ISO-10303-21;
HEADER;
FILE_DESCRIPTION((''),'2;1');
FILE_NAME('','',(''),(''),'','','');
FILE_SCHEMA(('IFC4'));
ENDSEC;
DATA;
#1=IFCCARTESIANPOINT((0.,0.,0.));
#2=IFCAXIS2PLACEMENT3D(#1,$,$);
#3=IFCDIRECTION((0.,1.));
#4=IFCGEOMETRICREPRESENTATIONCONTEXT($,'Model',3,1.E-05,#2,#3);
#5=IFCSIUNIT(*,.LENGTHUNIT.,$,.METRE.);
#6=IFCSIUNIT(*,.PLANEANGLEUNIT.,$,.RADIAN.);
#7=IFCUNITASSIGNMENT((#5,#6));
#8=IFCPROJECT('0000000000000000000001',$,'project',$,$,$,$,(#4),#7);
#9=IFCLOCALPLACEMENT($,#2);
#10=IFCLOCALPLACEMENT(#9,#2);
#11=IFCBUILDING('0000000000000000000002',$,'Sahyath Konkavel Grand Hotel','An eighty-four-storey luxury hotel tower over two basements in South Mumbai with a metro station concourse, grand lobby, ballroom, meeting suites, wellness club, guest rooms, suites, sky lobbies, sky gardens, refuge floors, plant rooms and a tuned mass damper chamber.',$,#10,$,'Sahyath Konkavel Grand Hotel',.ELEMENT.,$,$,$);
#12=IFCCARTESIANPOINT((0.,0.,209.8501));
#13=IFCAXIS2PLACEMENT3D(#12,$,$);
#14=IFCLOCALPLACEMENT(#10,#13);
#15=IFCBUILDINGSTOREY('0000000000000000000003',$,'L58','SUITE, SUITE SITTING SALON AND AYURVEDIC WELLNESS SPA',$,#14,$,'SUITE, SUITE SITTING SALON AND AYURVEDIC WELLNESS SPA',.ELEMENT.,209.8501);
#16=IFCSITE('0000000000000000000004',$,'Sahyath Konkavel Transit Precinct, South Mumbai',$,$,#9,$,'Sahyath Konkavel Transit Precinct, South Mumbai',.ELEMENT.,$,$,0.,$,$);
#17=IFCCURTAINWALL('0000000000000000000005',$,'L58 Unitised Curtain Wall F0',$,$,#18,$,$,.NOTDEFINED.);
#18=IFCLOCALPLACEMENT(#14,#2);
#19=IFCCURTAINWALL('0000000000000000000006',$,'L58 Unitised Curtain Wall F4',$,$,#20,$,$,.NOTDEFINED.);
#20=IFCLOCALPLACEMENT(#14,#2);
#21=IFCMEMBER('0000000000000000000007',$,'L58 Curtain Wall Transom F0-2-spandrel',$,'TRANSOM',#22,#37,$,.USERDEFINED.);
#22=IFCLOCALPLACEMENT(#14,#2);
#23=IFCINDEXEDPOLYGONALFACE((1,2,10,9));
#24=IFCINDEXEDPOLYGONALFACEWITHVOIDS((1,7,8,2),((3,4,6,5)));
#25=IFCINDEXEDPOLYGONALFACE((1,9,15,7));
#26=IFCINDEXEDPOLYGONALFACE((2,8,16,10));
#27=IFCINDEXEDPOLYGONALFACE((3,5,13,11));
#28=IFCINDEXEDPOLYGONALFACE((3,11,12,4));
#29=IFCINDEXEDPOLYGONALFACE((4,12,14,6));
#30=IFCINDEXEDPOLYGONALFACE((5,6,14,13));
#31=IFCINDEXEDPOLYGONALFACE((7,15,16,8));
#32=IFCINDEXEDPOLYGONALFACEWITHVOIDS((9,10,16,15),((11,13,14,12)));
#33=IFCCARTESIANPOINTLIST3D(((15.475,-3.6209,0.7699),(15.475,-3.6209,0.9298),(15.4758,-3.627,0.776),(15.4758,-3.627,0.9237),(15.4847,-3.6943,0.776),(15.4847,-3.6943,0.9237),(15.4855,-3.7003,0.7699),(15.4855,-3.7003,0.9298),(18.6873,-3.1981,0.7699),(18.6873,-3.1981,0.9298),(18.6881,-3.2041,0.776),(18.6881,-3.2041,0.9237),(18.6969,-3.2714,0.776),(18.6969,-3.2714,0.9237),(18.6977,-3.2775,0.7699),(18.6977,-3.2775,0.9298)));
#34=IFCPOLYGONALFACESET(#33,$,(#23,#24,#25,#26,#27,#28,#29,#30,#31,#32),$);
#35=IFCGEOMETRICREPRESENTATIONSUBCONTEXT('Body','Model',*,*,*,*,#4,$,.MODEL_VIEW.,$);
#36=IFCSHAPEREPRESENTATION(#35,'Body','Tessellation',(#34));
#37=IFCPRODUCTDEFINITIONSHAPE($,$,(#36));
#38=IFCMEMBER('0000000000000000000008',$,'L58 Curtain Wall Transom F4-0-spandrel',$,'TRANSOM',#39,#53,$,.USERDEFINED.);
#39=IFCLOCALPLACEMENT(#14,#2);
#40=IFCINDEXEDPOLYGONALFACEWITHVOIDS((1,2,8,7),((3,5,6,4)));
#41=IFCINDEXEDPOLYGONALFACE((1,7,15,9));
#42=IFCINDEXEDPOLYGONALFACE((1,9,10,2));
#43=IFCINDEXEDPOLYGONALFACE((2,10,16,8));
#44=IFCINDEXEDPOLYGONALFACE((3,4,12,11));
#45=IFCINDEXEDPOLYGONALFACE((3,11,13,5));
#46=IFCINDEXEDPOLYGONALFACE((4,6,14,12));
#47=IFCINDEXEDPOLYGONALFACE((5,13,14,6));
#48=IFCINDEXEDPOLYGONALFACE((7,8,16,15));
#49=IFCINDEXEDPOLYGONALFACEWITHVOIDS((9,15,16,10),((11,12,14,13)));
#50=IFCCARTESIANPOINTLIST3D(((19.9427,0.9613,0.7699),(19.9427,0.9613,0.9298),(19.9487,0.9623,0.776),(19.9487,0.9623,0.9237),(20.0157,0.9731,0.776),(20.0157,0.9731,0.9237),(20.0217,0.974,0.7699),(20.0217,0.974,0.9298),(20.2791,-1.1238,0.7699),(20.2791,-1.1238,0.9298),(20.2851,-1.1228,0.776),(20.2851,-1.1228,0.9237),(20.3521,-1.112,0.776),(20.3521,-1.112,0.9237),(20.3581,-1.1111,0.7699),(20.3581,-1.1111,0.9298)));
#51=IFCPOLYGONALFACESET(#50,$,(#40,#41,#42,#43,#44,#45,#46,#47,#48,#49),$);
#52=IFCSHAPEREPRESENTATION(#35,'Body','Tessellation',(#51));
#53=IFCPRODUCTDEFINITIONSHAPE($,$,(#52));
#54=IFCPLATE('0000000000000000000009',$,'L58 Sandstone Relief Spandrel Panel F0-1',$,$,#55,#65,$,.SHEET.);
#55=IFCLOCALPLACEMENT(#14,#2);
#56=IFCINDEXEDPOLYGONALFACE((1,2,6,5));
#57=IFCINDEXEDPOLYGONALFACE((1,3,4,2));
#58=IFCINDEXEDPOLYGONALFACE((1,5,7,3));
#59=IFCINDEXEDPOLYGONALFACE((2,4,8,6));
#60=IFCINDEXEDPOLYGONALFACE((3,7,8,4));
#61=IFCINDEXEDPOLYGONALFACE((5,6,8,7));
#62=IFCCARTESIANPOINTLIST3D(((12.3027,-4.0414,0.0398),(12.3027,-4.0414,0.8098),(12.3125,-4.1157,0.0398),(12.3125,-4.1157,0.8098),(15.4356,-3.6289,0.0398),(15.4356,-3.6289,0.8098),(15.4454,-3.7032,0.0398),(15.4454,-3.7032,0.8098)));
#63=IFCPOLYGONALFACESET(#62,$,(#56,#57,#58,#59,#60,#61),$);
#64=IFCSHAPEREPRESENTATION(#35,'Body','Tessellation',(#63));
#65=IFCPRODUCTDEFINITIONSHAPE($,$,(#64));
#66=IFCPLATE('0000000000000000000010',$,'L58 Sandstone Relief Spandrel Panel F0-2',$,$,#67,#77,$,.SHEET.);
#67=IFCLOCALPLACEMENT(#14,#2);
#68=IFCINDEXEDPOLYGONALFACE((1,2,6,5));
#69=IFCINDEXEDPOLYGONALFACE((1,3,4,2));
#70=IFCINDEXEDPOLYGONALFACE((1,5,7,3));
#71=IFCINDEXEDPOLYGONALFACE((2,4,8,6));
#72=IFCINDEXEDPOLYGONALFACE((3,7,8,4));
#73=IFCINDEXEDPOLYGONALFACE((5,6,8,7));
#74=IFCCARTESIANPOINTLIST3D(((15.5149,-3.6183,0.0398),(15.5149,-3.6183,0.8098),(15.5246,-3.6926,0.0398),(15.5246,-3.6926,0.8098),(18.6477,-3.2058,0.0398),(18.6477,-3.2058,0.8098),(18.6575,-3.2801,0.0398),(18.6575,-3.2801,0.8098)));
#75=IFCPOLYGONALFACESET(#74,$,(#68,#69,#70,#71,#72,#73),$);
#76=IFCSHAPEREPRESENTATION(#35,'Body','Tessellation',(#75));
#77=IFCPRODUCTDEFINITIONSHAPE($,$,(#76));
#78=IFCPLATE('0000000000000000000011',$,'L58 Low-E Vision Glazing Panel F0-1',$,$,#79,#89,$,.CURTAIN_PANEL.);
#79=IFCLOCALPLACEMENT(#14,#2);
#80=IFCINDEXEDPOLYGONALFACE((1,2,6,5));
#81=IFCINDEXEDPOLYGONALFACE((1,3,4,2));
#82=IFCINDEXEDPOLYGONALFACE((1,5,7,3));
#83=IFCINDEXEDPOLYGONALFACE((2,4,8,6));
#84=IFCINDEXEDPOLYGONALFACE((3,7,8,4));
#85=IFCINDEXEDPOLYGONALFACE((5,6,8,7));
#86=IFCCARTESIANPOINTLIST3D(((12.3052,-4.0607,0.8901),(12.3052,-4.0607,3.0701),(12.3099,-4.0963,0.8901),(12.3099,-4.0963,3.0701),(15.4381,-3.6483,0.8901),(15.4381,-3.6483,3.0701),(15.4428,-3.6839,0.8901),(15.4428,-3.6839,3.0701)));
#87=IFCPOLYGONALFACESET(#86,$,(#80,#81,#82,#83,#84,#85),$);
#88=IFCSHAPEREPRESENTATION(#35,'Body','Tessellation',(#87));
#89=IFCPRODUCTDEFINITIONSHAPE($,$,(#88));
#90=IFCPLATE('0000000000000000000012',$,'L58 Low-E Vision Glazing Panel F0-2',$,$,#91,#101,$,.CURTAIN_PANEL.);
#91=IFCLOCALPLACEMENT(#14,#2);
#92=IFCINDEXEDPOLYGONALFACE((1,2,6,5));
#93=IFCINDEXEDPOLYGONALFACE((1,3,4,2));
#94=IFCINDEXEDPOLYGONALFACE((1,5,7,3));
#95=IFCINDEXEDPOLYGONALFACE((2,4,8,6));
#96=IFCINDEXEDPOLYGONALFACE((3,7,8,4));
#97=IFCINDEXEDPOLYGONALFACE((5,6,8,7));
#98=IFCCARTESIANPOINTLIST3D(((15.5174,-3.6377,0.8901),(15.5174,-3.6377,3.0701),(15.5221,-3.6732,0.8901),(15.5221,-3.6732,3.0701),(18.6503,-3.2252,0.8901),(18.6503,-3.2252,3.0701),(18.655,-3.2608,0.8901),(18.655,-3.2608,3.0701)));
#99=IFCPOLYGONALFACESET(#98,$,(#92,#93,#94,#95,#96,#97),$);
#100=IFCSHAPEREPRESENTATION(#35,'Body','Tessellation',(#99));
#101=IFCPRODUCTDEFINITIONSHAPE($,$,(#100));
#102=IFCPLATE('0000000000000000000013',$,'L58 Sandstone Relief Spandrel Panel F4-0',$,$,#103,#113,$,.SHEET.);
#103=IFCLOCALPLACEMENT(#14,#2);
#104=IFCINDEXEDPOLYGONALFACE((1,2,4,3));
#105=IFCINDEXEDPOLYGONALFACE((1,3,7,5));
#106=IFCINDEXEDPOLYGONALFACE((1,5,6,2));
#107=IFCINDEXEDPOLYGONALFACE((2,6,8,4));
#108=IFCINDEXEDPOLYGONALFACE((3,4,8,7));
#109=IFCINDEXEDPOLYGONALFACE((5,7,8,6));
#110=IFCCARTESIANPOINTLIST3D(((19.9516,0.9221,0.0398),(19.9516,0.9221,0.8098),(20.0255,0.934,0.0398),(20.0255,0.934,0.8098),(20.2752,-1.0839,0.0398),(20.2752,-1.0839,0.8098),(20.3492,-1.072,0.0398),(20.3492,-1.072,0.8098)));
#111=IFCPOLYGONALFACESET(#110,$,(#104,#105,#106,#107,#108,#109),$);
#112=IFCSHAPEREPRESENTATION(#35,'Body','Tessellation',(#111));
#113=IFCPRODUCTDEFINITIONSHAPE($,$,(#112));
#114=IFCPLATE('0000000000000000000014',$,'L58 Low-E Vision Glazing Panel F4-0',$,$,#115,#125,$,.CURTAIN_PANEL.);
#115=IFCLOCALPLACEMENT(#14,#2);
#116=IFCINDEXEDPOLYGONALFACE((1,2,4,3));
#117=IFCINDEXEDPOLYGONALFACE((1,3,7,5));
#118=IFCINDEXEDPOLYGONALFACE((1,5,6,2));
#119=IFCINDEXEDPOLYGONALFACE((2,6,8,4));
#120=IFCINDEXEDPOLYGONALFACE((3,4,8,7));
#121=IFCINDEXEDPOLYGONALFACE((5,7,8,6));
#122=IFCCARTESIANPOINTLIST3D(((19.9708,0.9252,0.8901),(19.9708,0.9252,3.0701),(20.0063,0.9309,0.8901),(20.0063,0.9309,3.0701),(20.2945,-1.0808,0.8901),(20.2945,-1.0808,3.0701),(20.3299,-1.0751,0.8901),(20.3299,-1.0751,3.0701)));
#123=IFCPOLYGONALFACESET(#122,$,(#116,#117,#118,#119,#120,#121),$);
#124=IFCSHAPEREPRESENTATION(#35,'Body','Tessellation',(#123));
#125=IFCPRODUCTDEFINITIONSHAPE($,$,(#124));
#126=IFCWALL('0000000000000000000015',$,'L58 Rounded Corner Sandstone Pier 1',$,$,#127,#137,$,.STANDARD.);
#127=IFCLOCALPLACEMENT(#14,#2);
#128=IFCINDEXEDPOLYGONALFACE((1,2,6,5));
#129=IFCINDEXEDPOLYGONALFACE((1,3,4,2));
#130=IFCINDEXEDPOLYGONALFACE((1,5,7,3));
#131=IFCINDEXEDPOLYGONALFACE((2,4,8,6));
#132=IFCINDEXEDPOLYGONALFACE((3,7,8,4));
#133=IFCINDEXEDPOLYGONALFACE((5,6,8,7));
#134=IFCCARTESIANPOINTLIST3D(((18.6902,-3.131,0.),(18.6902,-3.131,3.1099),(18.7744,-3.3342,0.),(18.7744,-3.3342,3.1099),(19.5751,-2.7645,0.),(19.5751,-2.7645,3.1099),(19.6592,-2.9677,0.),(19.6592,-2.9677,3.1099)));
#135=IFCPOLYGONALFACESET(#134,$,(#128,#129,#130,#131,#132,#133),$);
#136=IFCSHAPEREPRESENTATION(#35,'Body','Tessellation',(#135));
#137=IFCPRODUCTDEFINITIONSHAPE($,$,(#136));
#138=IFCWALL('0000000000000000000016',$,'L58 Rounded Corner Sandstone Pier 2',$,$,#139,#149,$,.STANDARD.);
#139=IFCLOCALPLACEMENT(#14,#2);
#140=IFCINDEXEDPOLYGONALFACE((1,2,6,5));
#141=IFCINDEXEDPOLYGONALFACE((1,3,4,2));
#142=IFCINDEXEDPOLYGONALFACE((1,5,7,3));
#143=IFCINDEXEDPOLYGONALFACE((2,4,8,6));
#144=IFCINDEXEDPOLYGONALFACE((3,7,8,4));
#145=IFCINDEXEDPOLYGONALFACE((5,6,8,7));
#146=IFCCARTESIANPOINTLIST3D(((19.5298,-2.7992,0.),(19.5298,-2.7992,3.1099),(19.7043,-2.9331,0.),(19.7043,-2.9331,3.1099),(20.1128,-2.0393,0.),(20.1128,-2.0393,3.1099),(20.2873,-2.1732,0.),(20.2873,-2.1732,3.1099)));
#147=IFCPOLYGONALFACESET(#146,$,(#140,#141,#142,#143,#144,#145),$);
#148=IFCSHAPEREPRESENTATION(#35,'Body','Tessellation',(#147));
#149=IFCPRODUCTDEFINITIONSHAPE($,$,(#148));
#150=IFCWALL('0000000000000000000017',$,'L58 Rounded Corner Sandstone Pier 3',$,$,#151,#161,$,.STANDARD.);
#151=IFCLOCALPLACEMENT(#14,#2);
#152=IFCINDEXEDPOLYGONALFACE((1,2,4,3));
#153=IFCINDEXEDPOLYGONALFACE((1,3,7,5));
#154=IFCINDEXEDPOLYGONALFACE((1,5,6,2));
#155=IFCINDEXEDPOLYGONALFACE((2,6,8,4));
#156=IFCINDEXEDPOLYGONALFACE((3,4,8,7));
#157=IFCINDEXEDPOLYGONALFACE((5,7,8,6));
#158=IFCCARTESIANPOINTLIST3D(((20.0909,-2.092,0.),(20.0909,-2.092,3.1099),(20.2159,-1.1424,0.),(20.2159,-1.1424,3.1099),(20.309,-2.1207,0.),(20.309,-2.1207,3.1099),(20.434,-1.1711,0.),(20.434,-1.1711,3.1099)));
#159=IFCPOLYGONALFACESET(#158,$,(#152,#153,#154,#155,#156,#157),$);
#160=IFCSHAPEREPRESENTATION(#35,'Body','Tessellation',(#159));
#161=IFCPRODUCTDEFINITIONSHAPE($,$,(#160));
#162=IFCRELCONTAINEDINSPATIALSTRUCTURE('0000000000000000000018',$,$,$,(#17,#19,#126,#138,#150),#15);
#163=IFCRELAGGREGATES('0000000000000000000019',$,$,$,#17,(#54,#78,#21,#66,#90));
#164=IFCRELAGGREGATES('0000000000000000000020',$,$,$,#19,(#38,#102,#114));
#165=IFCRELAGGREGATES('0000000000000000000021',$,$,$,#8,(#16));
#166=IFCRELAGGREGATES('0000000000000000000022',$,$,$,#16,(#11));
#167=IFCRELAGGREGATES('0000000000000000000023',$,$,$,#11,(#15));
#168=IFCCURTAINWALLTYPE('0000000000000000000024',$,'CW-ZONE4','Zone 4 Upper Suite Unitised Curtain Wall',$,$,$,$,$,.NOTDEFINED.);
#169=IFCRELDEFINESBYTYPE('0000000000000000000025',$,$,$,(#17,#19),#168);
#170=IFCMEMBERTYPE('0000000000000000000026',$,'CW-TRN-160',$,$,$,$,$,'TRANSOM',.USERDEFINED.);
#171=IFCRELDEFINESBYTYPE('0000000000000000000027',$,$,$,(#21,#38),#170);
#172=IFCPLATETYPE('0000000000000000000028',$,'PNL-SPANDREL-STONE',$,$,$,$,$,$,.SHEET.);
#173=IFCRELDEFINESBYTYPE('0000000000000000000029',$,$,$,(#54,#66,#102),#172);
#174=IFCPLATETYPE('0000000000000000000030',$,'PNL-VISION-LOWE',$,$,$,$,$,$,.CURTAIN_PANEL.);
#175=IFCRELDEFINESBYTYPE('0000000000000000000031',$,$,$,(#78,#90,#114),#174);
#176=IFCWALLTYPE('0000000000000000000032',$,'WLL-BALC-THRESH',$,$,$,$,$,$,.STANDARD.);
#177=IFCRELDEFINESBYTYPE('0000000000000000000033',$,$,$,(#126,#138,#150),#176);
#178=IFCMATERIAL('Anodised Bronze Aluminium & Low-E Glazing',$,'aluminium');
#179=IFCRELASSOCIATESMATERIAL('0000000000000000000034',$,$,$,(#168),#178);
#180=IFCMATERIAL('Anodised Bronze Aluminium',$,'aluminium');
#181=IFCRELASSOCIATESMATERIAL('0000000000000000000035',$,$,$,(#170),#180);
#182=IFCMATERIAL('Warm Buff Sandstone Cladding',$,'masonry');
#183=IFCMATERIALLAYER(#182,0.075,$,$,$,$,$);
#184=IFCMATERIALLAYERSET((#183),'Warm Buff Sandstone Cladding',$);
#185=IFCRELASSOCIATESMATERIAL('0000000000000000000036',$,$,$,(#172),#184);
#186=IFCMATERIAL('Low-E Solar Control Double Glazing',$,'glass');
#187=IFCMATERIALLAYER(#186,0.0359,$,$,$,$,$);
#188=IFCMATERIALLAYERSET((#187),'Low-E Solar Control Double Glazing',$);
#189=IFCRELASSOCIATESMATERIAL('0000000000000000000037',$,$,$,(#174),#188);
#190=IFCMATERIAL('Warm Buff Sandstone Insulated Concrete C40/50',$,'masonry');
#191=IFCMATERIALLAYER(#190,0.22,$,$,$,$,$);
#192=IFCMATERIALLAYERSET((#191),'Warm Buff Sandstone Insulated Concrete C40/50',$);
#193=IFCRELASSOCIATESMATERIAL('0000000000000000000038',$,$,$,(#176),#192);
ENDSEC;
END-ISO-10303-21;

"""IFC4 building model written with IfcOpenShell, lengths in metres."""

from ifc_helpers import new_model, si_unit, direction, frame, frame_2d, origin, origin_2d, place, context, subcontext, project, spatial, rectangle, hollow_rectangle, extrude, source, transform, mapped, material, layer, layer_set, material_profile, profile_set, type_object, element, aggregate, save


model = new_model("IFC4")

# Units and contexts
model_context = context("Model", 3, precision=1e-05, world=origin(), true_north=direction((0.0, 1.0)))
body_context = subcontext(model_context, "Body", "Model", "MODEL_VIEW")
ifc_project = project(units=[si_unit("LENGTHUNIT", "METRE"), si_unit("PLANEANGLEUNIT", "RADIAN")], contexts=[model_context])

# Site, building, storey
site_placement = place(None, origin())
site = spatial("IfcSite", under=ifc_project, at=site_placement, Name="Sahyath Konkavel Transit Precinct, South Mumbai", LongName="Sahyath Konkavel Transit Precinct, South Mumbai", CompositionType="ELEMENT", RefElevation=0.0)
building_placement = place(site_placement, origin())
building = spatial("IfcBuilding", under=site, at=building_placement, Name="Sahyath Konkavel Grand Hotel", Description="An eighty-four-storey luxury hotel tower over two basements in South Mumbai with a metro station concourse, grand lobby, ballroom, meeting suites, wellness club, guest rooms, suites, sky lobbies, sky gardens, refuge floors, plant rooms and a tuned mass damper chamber.", LongName="Sahyath Konkavel Grand Hotel", CompositionType="ELEMENT")
storey_placement = place(building_placement, frame((0.0, 0.0, 209.8501)))
storey = spatial("IfcBuildingStorey", under=building, at=storey_placement, Name="L58", Description="SUITE, SUITE SITTING SALON AND AYURVEDIC WELLNESS SPA", LongName="SUITE, SUITE SITTING SALON AND AYURVEDIC WELLNESS SPA", CompositionType="ELEMENT", Elevation=209.8501)

# Curtain wall
ifc_material_1 = material(Name="Anodised Bronze Aluminium & Low-E Glazing", Category="aluminium")
curtain_wall_type = type_object("IfcCurtainWallType", Name="CW-ZONE4", Description="Zone 4 Upper Suite Unitised Curtain Wall", PredefinedType="NOTDEFINED", material=ifc_material_1)
curtain_wall_1_placement = place(storey_placement, origin())
curtain_wall_1 = element("IfcCurtainWall", 1, at=curtain_wall_1_placement, inside=storey, type_object=curtain_wall_type, Name="L58 Unitised Curtain Wall F0", PredefinedType="NOTDEFINED")
ifc_material_2 = material(Name="Anodised Bronze Aluminium", Category="aluminium")

# Curtain wall
curtain_wall_2_placement = place(storey_placement, origin())
curtain_wall_2 = element("IfcCurtainWall", 2, at=curtain_wall_2_placement, inside=storey, type_object=curtain_wall_type, Name="L58 Unitised Curtain Wall F4", PredefinedType="NOTDEFINED")

# Members
ifc_material_profile_1 = material_profile(ifc_material_2, hollow_rectangle(XDim=0.0801, YDim=0.1599, WallThickness=0.0061, at=origin_2d()), Name="RHS 160x80x6")
ifc_profile_set_1 = profile_set([ifc_material_profile_1], Name="Anodised Bronze Aluminium")
member_type_1 = type_object("IfcMemberType", Name="CW-TRN-160", ElementType="TRANSOM", PredefinedType="USERDEFINED", material=ifc_profile_set_1)
shared_shape_1 = source(origin(), body_context, "Body", "SweptSolid", [
    extrude(hollow_rectangle(XDim=0.0801, YDim=0.1599, WallThickness=0.0061, at=origin_2d()), origin(), (0.0, 0.0, 1.0), 3.24),
])
member_1_placement = place(storey_placement, frame((15.4802, -3.6606, 0.8499), z_axis=(0.991446, 0.130515, 0.0), x_axis=(-0.130515, 0.991446, 0.0)))
member_1 = element("IfcMember", 3, at=member_1_placement, type_object=member_type_1, Name="L58 Curtain Wall Transom F0-2-spandrel", ObjectType="TRANSOM", PredefinedType="USERDEFINED", context=body_context, shape_type="MappedRepresentation", body=[
    mapped(shared_shape_1, transform((0.0, 0.0, 0.0), scale=1.0)),
])
shared_shape_2 = source(origin(), body_context, "Body", "SweptSolid", [
    extrude(hollow_rectangle(XDim=0.0801, YDim=0.1599, WallThickness=0.0061, at=origin_2d()), origin(), (0.0, 0.0, 1.0), 2.1121),
])
member_2_placement = place(storey_placement, frame((20.3186, -1.1174, 0.8499), z_axis=(-0.15928, 0.987233, 0.0), x_axis=(-0.987233, -0.15928, 0.0)))
member_2 = element("IfcMember", 4, at=member_2_placement, type_object=member_type_1, Name="L58 Curtain Wall Transom F4-0-spandrel", ObjectType="TRANSOM", PredefinedType="USERDEFINED", context=body_context, shape_type="MappedRepresentation", body=[
    mapped(shared_shape_2, transform((0.0, 0.0, 0.0), scale=1.0)),
])

# Plates
ifc_material_3 = material(Name="Warm Buff Sandstone Cladding", Category="masonry")
ifc_layer_1 = layer(ifc_material_3, 0.075)
ifc_layer_set_1 = layer_set([ifc_layer_1], Name="Warm Buff Sandstone Cladding")
plate_type_1 = type_object("IfcPlateType", Name="PNL-SPANDREL-STONE", PredefinedType="SHEET", material=ifc_layer_set_1)
shared_shape_3 = source(origin(), body_context, "Body", "SweptSolid", [
    extrude(rectangle(XDim=3.1599, YDim=0.075, at=origin_2d()), origin(), (0.0, 0.0, 1.0), 0.77),
])
plate_1_placement = place(storey_placement, frame((13.874, -3.8723, 0.0398), z_axis=(0.0, 0.0, 1.0), x_axis=(0.991445, 0.130526, 0.0)))
plate_1 = element("IfcPlate", 5, at=plate_1_placement, type_object=plate_type_1, Name="L58 Sandstone Relief Spandrel Panel F0-1", PredefinedType="SHEET", context=body_context, shape_type="MappedRepresentation", body=[
    mapped(shared_shape_3, transform((0.0, 0.0, 0.0), scale=1.0)),
])
plate_2_placement = place(storey_placement, frame((17.0862, -3.4492, 0.0398), z_axis=(0.0, 0.0, 1.0), x_axis=(0.991445, 0.130526, 0.0)))
plate_2 = element("IfcPlate", 6, at=plate_2_placement, type_object=plate_type_1, Name="L58 Sandstone Relief Spandrel Panel F0-2", PredefinedType="SHEET", context=body_context, shape_type="MappedRepresentation", body=[
    mapped(shared_shape_3, transform((0.0, 0.0, 0.0), scale=1.0)),
])
ifc_material_4 = material(Name="Low-E Solar Control Double Glazing", Category="glass")
ifc_layer_2 = layer(ifc_material_4, 0.0359)
ifc_layer_set_2 = layer_set([ifc_layer_2], Name="Low-E Solar Control Double Glazing")
plate_type_2 = type_object("IfcPlateType", Name="PNL-VISION-LOWE", PredefinedType="CURTAIN_PANEL", material=ifc_layer_set_2)
shared_shape_4 = source(origin(), body_context, "Body", "SweptSolid", [
    extrude(rectangle(XDim=3.1599, YDim=0.0359, at=origin_2d()), origin(), (0.0, 0.0, 1.0), 2.1799),
])
plate_3_placement = place(storey_placement, frame((13.874, -3.8723, 0.8901), z_axis=(0.0, 0.0, 1.0), x_axis=(0.991445, 0.130526, 0.0)))
plate_3 = element("IfcPlate", 7, at=plate_3_placement, type_object=plate_type_2, Name="L58 Low-E Vision Glazing Panel F0-1", PredefinedType="CURTAIN_PANEL", context=body_context, shape_type="MappedRepresentation", body=[
    mapped(shared_shape_4, transform((0.0, 0.0, 0.0), scale=1.0)),
])
plate_4_placement = place(storey_placement, frame((17.0862, -3.4492, 0.8901), z_axis=(0.0, 0.0, 1.0), x_axis=(0.991445, 0.130526, 0.0)))
plate_4 = element("IfcPlate", 8, at=plate_4_placement, type_object=plate_type_2, Name="L58 Low-E Vision Glazing Panel F0-2", PredefinedType="CURTAIN_PANEL", context=body_context, shape_type="MappedRepresentation", body=[
    mapped(shared_shape_4, transform((0.0, 0.0, 0.0), scale=1.0)),
])
aggregate(curtain_wall_1, [plate_1, plate_3, member_1, plate_2, plate_4])
shared_shape_5 = source(origin(), body_context, "Body", "SweptSolid", [
    extrude(rectangle(XDim=2.032, YDim=0.075, at=origin_2d()), origin(), (0.0, 0.0, 1.0), 0.77),
])
plate_5_placement = place(storey_placement, frame((20.1504, -0.075, 0.0398), z_axis=(0.0, 0.0, 1.0), x_axis=(-0.159295, 0.987231, 0.0)))
plate_5 = element("IfcPlate", 9, at=plate_5_placement, type_object=plate_type_1, Name="L58 Sandstone Relief Spandrel Panel F4-0", PredefinedType="SHEET", context=body_context, shape_type="MappedRepresentation", body=[
    mapped(shared_shape_5, transform((0.0, 0.0, 0.0), scale=1.0)),
])
shared_shape_6 = source(origin(), body_context, "Body", "SweptSolid", [
    extrude(rectangle(XDim=2.032, YDim=0.0359, at=origin_2d()), origin(), (0.0, 0.0, 1.0), 2.1799),
])
plate_6_placement = place(storey_placement, frame((20.1504, -0.075, 0.8901), z_axis=(0.0, 0.0, 1.0), x_axis=(-0.159295, 0.987231, 0.0)))
plate_6 = element("IfcPlate", 10, at=plate_6_placement, type_object=plate_type_2, Name="L58 Low-E Vision Glazing Panel F4-0", PredefinedType="CURTAIN_PANEL", context=body_context, shape_type="MappedRepresentation", body=[
    mapped(shared_shape_6, transform((0.0, 0.0, 0.0), scale=1.0)),
])
aggregate(curtain_wall_2, [member_2, plate_5, plate_6])

# Walls
ifc_material_5 = material(Name="Warm Buff Sandstone Insulated Concrete C40/50", Category="masonry")
ifc_layer_3 = layer(ifc_material_5, 0.22)
ifc_layer_set_3 = layer_set([ifc_layer_3], Name="Warm Buff Sandstone Insulated Concrete C40/50")
wall_type_1 = type_object("IfcWallType", Name="WLL-BALC-THRESH", PredefinedType="STANDARD", material=ifc_layer_set_3)
for number, where, z_axis, x_axis, name in (
    (11, (18.7322, -3.2327, 0.0), (0.0, 0.0, 1.0), (0.923889, 0.38266, 0.0), "L58 Rounded Corner Sandstone Pier 1"),
    (12, (19.6169, -2.8662, 0.0), (0.0, 0.0, 1.0), (0.608774, 0.793344, 0.0), "L58 Rounded Corner Sandstone Pier 2"),
    (13, (20.2, -2.1064, 0.0), (0.0, 0.0, 1.0), (0.130527, 0.991445, 0.0), "L58 Rounded Corner Sandstone Pier 3"),
):
    element("IfcWall", number, at=place(storey_placement, frame(where, z_axis=z_axis, x_axis=x_axis)), inside=storey, type_object=wall_type_1, Name=name, PredefinedType="STANDARD", context=body_context, shape_type="SweptSolid", body=[
        extrude(rectangle(XDim=0.9578, YDim=0.22, at=frame_2d((0.479, 0.0))), origin(), (0.0, 0.0, 1.0), 3.1099),
    ])

save(model, "model.ifc")
